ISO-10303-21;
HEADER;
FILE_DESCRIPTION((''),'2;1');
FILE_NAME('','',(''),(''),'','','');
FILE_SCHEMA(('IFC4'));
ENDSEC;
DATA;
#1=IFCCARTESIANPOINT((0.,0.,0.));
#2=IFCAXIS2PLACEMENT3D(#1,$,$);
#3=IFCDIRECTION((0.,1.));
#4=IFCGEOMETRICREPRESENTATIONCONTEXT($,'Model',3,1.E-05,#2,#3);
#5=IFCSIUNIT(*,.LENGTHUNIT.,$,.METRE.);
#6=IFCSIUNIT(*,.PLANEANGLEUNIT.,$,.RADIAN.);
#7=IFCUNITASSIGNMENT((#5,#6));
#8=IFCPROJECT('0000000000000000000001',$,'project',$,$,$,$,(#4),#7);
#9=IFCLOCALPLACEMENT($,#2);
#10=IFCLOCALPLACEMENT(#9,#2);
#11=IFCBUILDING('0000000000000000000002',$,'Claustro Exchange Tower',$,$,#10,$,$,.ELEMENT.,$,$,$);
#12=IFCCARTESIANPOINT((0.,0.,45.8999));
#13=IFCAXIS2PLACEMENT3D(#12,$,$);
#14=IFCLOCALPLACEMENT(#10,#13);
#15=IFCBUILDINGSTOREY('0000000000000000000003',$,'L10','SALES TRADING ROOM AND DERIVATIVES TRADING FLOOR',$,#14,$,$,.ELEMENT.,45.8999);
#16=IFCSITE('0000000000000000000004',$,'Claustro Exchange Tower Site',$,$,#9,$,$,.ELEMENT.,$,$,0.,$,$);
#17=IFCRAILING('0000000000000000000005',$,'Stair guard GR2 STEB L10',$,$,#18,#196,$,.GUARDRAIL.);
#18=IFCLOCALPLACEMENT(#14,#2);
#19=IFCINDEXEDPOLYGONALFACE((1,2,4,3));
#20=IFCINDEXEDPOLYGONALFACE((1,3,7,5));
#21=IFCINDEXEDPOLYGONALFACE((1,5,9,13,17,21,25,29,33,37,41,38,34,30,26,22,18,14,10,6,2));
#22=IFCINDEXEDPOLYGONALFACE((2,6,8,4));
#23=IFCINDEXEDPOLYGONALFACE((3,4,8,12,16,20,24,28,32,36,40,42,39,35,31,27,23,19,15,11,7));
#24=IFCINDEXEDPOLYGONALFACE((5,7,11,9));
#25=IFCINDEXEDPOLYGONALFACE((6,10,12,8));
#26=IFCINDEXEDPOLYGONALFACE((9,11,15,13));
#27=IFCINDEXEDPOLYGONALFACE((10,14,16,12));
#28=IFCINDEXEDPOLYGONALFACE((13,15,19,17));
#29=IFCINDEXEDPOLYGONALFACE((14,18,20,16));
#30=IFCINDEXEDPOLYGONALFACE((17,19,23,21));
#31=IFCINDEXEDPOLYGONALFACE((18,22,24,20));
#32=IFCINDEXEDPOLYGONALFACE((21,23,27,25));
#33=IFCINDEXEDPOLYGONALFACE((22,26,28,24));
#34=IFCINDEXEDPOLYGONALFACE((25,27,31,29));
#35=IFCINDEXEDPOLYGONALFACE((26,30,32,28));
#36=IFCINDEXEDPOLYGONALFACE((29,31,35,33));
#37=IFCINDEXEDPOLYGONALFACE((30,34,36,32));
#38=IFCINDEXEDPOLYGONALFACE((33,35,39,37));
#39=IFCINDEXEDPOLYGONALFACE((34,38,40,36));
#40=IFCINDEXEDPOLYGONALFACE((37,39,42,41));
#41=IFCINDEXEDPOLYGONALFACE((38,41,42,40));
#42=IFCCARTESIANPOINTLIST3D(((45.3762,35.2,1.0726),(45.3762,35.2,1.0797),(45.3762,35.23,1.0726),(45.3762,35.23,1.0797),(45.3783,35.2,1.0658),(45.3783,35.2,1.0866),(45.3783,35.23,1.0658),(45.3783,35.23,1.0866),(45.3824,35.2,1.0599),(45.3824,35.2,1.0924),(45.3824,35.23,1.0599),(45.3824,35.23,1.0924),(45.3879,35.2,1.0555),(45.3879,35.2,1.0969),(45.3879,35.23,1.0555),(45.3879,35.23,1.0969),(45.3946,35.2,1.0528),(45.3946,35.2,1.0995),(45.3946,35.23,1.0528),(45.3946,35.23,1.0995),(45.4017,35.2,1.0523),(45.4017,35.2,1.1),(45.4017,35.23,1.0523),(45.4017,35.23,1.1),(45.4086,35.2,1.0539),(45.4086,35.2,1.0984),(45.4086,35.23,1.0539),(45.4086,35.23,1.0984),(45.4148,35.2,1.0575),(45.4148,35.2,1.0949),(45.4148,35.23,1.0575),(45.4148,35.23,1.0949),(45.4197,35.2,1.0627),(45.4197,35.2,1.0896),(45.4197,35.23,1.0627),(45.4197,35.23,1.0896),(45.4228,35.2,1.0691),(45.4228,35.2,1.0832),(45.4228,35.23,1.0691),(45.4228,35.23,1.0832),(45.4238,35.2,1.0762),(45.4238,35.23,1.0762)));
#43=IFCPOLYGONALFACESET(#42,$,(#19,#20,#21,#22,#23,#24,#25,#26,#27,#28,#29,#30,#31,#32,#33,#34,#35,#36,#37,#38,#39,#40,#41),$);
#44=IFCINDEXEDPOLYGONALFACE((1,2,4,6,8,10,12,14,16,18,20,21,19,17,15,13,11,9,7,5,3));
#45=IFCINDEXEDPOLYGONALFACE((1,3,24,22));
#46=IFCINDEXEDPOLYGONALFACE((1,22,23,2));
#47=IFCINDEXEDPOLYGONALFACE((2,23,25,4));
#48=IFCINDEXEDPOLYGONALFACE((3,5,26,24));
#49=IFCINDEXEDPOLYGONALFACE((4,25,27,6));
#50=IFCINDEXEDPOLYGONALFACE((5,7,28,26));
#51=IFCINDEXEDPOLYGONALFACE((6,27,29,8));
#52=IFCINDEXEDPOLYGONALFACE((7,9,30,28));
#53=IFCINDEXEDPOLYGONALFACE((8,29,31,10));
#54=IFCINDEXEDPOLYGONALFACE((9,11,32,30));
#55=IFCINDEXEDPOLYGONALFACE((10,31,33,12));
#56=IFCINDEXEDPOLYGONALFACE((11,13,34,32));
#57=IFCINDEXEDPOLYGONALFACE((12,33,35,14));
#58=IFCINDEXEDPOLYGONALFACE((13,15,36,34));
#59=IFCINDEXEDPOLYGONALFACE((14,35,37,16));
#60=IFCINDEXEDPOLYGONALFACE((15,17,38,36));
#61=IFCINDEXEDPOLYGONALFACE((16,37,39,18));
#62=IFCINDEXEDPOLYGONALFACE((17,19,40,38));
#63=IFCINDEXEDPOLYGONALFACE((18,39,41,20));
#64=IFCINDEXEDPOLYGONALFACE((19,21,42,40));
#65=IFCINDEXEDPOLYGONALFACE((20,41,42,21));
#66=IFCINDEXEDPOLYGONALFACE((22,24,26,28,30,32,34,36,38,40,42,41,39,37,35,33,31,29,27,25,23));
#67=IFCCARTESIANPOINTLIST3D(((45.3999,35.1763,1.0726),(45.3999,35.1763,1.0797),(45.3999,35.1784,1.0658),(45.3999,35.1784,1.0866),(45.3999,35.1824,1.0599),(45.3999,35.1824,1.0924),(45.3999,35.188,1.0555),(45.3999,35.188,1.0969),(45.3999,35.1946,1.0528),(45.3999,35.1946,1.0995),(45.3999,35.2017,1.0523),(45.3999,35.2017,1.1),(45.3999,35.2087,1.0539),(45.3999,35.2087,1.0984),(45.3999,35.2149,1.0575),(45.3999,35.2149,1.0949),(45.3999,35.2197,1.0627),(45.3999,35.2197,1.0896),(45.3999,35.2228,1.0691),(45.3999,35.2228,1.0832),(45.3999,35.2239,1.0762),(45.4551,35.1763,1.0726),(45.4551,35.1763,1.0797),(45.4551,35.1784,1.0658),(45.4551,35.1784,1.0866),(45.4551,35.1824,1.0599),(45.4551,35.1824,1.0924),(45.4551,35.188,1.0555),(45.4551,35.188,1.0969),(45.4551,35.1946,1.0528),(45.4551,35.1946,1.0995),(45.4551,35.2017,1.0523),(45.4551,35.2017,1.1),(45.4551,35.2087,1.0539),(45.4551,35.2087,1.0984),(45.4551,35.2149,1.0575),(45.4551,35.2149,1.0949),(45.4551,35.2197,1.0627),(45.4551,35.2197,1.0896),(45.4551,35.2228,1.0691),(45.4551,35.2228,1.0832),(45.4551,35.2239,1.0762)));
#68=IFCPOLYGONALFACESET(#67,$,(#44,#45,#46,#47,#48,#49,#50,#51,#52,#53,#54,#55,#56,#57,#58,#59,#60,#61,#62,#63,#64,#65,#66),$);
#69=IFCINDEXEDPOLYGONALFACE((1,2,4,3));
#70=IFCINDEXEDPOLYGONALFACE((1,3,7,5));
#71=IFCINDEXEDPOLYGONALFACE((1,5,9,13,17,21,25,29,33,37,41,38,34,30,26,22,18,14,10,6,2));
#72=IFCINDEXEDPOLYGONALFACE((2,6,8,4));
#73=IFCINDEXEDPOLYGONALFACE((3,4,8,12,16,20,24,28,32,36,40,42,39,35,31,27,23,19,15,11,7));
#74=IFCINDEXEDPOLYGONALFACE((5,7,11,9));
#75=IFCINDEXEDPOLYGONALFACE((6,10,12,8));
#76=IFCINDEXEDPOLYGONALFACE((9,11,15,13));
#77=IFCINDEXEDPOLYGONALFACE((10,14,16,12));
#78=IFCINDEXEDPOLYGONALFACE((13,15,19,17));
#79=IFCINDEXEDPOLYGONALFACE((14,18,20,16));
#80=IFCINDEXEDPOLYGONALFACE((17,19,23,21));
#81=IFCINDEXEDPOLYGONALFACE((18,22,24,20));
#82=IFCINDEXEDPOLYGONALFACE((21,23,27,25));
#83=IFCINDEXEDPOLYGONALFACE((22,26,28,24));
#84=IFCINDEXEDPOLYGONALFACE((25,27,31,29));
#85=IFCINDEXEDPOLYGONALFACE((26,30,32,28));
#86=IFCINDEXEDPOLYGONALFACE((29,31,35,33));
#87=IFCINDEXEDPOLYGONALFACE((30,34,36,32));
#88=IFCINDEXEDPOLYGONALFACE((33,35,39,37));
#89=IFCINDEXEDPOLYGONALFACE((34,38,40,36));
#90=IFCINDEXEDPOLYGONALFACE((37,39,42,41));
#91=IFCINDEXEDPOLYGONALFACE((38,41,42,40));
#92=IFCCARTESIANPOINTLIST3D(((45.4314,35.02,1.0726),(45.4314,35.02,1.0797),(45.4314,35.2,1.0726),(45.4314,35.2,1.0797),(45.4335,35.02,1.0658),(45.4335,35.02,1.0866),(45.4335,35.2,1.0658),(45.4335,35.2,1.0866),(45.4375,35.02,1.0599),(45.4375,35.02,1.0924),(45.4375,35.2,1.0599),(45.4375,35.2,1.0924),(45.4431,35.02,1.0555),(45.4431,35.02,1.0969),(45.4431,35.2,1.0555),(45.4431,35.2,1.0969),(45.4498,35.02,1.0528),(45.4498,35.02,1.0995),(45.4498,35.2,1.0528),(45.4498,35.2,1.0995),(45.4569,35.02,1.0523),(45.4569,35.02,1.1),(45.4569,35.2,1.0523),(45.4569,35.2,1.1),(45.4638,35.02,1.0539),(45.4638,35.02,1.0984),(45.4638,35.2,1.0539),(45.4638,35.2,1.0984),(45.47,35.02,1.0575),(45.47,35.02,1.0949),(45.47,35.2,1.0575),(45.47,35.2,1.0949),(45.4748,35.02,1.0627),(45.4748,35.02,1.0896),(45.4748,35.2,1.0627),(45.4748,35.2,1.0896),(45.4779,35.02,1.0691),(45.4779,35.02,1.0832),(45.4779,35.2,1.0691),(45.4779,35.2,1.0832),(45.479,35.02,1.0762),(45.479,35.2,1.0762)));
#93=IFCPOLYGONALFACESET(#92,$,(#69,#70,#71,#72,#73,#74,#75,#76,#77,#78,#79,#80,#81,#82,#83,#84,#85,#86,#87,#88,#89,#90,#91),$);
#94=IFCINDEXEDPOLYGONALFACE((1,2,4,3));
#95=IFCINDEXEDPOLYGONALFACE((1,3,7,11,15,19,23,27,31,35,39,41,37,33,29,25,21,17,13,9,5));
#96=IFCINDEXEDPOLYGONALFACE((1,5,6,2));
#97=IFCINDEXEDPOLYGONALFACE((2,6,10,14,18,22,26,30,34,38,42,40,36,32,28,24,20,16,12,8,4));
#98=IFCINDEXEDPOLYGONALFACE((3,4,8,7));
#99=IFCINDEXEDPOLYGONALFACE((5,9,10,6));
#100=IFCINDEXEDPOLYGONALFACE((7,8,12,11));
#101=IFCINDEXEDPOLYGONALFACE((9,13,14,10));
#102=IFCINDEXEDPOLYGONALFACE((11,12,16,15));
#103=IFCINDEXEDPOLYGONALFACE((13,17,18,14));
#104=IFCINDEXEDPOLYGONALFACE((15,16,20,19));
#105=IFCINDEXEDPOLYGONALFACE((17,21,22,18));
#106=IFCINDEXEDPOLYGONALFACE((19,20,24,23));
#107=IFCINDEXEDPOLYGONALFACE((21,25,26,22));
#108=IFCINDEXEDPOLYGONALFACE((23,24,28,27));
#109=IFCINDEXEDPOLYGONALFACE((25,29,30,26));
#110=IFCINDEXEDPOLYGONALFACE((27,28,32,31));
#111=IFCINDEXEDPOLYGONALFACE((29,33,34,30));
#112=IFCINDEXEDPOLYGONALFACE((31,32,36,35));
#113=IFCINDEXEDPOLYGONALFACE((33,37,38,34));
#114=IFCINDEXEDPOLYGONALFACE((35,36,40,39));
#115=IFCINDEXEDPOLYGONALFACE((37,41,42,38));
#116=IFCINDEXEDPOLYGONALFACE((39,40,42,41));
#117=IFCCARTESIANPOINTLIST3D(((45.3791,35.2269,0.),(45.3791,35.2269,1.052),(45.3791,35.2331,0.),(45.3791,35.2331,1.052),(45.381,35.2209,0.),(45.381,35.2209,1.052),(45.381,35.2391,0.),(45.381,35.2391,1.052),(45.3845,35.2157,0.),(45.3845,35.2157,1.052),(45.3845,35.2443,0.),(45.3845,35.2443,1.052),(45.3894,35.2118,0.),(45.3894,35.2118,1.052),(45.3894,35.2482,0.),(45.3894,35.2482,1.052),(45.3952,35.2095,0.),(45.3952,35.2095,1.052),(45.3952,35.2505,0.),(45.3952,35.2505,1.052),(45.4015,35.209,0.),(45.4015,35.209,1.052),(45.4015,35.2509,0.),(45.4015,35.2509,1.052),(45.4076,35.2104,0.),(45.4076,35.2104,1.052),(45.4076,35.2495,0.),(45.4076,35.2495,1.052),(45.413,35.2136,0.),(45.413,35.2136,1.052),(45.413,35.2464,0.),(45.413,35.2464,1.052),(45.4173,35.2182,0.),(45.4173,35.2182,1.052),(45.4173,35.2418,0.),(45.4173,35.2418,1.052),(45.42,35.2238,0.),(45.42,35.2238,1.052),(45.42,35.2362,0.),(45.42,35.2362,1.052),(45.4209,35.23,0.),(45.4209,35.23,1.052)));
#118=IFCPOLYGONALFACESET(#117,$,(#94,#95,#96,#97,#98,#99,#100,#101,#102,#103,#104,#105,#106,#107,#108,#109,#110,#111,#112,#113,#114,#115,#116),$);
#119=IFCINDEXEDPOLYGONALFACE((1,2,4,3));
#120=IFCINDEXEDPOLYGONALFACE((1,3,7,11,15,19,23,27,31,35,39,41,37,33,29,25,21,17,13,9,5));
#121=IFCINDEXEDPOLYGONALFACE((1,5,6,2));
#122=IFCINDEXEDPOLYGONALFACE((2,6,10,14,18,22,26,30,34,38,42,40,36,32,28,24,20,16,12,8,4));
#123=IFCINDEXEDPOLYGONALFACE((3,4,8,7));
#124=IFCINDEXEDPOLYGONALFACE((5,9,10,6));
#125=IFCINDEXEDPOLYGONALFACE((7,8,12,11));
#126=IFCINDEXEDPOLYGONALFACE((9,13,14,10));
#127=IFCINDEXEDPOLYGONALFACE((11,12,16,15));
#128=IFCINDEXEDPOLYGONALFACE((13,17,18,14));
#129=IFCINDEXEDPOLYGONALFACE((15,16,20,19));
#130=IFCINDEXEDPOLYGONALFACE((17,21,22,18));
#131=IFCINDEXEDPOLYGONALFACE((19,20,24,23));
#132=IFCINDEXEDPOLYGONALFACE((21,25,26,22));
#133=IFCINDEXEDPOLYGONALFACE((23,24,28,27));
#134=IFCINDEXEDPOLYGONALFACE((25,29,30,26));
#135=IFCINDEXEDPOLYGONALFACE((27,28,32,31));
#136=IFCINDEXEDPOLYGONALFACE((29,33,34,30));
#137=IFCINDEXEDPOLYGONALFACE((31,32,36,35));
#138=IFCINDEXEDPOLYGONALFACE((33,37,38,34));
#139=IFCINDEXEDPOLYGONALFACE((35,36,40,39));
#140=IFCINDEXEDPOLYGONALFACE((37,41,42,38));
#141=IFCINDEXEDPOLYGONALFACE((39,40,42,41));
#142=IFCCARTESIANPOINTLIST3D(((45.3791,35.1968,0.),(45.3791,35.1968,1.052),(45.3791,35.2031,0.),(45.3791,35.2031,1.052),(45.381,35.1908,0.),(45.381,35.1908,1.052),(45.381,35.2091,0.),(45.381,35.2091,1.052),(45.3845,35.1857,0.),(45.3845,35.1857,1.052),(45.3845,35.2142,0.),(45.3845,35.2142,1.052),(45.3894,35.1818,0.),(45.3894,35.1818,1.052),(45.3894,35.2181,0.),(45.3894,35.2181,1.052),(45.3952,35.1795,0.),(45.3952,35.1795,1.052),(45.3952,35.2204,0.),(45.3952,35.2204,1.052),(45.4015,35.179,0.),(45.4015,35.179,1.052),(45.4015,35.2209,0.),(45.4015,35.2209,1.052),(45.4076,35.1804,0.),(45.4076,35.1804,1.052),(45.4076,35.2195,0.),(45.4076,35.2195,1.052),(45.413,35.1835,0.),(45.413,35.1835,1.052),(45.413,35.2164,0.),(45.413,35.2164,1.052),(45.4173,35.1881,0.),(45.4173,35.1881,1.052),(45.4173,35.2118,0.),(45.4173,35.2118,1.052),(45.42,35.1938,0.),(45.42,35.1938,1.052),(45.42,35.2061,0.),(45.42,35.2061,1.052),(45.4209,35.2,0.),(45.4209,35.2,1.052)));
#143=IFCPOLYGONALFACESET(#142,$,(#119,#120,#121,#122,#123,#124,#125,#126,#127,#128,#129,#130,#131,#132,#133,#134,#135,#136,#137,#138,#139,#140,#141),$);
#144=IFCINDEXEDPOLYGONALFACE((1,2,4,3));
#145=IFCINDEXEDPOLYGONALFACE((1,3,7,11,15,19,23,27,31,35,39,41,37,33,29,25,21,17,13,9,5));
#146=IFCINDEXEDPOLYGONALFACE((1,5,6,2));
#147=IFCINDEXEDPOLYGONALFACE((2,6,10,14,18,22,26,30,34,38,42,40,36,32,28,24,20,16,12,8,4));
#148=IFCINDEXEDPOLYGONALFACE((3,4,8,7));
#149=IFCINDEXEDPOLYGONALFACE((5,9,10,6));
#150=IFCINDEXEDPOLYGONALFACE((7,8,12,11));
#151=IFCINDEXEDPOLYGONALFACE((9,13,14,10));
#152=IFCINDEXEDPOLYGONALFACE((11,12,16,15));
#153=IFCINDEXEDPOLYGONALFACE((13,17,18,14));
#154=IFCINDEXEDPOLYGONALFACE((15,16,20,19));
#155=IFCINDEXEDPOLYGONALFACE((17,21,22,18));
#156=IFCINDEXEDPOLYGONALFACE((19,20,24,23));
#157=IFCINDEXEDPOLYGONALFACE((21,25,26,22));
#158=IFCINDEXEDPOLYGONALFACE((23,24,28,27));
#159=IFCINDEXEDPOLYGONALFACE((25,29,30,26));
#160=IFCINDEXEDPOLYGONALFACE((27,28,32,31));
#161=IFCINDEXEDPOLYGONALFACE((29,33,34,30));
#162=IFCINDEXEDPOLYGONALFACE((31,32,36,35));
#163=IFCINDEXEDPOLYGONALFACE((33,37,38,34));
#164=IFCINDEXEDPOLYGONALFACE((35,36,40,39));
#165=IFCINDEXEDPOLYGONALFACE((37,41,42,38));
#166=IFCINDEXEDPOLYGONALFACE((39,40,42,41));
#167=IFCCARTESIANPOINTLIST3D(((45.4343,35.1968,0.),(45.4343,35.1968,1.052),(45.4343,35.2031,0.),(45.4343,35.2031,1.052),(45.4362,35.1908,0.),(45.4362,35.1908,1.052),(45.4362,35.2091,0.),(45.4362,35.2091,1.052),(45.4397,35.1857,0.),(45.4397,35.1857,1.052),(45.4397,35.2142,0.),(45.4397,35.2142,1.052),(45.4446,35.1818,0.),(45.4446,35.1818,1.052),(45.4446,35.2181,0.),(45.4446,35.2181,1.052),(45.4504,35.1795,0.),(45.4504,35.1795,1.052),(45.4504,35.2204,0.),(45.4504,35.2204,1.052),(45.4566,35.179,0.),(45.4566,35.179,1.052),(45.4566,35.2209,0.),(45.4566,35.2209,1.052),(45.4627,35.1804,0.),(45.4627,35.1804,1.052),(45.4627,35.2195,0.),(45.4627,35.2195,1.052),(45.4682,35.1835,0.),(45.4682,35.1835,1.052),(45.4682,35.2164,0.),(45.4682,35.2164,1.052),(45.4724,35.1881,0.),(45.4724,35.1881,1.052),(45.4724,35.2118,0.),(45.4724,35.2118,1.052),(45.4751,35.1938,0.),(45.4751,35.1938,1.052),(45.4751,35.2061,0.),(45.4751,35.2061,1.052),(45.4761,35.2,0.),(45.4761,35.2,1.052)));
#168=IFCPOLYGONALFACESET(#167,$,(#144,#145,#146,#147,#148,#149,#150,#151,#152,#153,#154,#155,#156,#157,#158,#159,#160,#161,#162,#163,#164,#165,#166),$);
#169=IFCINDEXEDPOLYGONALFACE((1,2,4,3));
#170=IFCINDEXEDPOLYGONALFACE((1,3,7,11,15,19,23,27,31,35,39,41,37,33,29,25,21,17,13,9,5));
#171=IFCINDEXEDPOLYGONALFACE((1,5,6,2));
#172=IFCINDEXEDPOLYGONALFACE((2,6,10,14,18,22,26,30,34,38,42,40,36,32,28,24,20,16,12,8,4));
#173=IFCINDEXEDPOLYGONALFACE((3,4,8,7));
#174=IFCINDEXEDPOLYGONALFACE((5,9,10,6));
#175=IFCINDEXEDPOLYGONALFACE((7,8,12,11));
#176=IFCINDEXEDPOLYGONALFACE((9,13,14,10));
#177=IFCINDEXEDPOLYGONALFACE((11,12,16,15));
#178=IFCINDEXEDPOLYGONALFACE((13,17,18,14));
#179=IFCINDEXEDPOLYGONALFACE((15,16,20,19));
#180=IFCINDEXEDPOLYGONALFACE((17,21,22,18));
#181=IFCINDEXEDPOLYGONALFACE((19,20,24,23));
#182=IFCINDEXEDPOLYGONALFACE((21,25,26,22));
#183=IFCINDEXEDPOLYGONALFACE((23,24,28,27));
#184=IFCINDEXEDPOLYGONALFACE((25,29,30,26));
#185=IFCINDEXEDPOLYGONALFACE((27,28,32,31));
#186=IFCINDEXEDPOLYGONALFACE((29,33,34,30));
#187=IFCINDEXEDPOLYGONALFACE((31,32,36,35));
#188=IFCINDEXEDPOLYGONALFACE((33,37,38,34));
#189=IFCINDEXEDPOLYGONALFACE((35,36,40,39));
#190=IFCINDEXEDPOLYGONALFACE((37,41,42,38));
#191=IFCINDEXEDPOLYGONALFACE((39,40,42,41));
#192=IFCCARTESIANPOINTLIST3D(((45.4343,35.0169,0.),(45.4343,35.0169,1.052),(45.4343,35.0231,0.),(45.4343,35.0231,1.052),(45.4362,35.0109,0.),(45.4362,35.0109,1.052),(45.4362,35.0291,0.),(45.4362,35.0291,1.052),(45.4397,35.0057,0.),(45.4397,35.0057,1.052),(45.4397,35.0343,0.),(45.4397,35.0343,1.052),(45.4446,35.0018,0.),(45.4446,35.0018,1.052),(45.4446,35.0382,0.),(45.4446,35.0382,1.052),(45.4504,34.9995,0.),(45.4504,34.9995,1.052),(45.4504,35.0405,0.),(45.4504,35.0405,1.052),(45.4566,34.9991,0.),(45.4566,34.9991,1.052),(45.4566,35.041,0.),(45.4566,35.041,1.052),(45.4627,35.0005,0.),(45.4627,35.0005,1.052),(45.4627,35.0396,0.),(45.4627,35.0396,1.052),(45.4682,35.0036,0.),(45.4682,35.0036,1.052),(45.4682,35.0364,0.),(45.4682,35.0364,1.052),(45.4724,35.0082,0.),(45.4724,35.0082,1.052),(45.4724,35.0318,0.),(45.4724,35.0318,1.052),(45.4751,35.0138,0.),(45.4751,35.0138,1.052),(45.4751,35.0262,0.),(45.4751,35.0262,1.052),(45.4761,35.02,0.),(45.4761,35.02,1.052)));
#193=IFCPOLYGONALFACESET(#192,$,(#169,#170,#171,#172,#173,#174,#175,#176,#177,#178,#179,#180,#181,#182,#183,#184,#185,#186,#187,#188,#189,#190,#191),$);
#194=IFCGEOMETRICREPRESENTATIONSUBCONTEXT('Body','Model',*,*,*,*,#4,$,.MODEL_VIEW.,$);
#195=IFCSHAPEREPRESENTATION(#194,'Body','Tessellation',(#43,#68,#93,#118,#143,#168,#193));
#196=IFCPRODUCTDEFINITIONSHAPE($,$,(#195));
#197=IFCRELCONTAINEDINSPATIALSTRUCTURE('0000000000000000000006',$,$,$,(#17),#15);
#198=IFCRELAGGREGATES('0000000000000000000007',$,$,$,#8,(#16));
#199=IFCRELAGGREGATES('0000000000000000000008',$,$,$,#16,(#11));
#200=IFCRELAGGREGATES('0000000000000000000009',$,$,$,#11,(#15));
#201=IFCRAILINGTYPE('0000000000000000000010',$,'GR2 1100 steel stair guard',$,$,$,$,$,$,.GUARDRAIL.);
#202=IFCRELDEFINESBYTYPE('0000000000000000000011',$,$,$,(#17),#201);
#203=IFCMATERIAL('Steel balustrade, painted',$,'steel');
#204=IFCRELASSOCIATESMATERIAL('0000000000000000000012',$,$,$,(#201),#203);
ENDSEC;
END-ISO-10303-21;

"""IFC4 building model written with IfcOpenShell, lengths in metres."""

from ifc_helpers import new_model, si_unit, direction, frame, origin, origin_2d, place, context, subcontext, project, spatial, circle, extrude, material, type_object, element, save


model = new_model("IFC4")

# Units and contexts
model_context = context("Model", 3, precision=1e-05, world=origin(), true_north=direction((0.0, 1.0)))
body_context = subcontext(model_context, "Body", "Model", "MODEL_VIEW")
ifc_project = project(units=[si_unit("LENGTHUNIT", "METRE"), si_unit("PLANEANGLEUNIT", "RADIAN")], contexts=[model_context])

# Site, building, storey
site_placement = place(None, origin())
site = spatial("IfcSite", under=ifc_project, at=site_placement, Name="Claustro Exchange Tower Site", CompositionType="ELEMENT", RefElevation=0.0)
building_placement = place(site_placement, origin())
building = spatial("IfcBuilding", under=site, at=building_placement, Name="Claustro Exchange Tower", CompositionType="ELEMENT")
storey_placement = place(building_placement, frame((0.0, 0.0, 45.8999)))
storey = spatial("IfcBuildingStorey", under=building, at=storey_placement, Name="L10", Description="SALES TRADING ROOM AND DERIVATIVES TRADING FLOOR", CompositionType="ELEMENT", Elevation=45.8999)

# Railing
ifc_material_1 = material(Name="Steel balustrade, painted", Category="steel")
railing_type_1 = type_object("IfcRailingType", Name="GR2 1100 steel stair guard", PredefinedType="GUARDRAIL", material=ifc_material_1)
railing_1_placement = place(storey_placement, frame((45.3999, 35.23, 0.0)))
element("IfcRailing", 1, at=railing_1_placement, inside=storey, type_object=railing_type_1, Name="Stair guard GR2 STEB L10", PredefinedType="GUARDRAIL", context=body_context, shape_type="SweptSolid", body=[
    extrude(circle(Radius=0.0239, at=origin_2d()), frame((0.0, 0.0, 1.0762), z_axis=(0.0, -1.0, 0.0), x_axis=(1.0, 0.0, 0.0)), (0.0, 0.0, 1.0), 0.03),
    extrude(circle(Radius=0.0239, at=origin_2d()), frame((0.0, -0.03, 1.0762), z_axis=(1.0, 0.0, 0.0), x_axis=(0.0, 1.0, 0.0)), (0.0, 0.0, 1.0), 0.0552),
    extrude(circle(Radius=0.0239, at=origin_2d()), frame((0.0552, -0.03, 1.0762), z_axis=(0.0, -1.0, 0.0), x_axis=(1.0, 0.0, 0.0)), (0.0, 0.0, 1.0), 0.1799),
    extrude(circle(Radius=0.021, at=origin_2d()), origin(), (0.0, 0.0, 1.0), 1.052),
    extrude(circle(Radius=0.021, at=origin_2d()), frame((0.0, -0.03, 0.0)), (0.0, 0.0, 1.0), 1.052),
    extrude(circle(Radius=0.021, at=origin_2d()), frame((0.0552, -0.03, 0.0)), (0.0, 0.0, 1.0), 1.052),
    extrude(circle(Radius=0.021, at=origin_2d()), frame((0.0552, -0.21, 0.0)), (0.0, 0.0, 1.0), 1.052),
])

save(model, "model.ifc")
